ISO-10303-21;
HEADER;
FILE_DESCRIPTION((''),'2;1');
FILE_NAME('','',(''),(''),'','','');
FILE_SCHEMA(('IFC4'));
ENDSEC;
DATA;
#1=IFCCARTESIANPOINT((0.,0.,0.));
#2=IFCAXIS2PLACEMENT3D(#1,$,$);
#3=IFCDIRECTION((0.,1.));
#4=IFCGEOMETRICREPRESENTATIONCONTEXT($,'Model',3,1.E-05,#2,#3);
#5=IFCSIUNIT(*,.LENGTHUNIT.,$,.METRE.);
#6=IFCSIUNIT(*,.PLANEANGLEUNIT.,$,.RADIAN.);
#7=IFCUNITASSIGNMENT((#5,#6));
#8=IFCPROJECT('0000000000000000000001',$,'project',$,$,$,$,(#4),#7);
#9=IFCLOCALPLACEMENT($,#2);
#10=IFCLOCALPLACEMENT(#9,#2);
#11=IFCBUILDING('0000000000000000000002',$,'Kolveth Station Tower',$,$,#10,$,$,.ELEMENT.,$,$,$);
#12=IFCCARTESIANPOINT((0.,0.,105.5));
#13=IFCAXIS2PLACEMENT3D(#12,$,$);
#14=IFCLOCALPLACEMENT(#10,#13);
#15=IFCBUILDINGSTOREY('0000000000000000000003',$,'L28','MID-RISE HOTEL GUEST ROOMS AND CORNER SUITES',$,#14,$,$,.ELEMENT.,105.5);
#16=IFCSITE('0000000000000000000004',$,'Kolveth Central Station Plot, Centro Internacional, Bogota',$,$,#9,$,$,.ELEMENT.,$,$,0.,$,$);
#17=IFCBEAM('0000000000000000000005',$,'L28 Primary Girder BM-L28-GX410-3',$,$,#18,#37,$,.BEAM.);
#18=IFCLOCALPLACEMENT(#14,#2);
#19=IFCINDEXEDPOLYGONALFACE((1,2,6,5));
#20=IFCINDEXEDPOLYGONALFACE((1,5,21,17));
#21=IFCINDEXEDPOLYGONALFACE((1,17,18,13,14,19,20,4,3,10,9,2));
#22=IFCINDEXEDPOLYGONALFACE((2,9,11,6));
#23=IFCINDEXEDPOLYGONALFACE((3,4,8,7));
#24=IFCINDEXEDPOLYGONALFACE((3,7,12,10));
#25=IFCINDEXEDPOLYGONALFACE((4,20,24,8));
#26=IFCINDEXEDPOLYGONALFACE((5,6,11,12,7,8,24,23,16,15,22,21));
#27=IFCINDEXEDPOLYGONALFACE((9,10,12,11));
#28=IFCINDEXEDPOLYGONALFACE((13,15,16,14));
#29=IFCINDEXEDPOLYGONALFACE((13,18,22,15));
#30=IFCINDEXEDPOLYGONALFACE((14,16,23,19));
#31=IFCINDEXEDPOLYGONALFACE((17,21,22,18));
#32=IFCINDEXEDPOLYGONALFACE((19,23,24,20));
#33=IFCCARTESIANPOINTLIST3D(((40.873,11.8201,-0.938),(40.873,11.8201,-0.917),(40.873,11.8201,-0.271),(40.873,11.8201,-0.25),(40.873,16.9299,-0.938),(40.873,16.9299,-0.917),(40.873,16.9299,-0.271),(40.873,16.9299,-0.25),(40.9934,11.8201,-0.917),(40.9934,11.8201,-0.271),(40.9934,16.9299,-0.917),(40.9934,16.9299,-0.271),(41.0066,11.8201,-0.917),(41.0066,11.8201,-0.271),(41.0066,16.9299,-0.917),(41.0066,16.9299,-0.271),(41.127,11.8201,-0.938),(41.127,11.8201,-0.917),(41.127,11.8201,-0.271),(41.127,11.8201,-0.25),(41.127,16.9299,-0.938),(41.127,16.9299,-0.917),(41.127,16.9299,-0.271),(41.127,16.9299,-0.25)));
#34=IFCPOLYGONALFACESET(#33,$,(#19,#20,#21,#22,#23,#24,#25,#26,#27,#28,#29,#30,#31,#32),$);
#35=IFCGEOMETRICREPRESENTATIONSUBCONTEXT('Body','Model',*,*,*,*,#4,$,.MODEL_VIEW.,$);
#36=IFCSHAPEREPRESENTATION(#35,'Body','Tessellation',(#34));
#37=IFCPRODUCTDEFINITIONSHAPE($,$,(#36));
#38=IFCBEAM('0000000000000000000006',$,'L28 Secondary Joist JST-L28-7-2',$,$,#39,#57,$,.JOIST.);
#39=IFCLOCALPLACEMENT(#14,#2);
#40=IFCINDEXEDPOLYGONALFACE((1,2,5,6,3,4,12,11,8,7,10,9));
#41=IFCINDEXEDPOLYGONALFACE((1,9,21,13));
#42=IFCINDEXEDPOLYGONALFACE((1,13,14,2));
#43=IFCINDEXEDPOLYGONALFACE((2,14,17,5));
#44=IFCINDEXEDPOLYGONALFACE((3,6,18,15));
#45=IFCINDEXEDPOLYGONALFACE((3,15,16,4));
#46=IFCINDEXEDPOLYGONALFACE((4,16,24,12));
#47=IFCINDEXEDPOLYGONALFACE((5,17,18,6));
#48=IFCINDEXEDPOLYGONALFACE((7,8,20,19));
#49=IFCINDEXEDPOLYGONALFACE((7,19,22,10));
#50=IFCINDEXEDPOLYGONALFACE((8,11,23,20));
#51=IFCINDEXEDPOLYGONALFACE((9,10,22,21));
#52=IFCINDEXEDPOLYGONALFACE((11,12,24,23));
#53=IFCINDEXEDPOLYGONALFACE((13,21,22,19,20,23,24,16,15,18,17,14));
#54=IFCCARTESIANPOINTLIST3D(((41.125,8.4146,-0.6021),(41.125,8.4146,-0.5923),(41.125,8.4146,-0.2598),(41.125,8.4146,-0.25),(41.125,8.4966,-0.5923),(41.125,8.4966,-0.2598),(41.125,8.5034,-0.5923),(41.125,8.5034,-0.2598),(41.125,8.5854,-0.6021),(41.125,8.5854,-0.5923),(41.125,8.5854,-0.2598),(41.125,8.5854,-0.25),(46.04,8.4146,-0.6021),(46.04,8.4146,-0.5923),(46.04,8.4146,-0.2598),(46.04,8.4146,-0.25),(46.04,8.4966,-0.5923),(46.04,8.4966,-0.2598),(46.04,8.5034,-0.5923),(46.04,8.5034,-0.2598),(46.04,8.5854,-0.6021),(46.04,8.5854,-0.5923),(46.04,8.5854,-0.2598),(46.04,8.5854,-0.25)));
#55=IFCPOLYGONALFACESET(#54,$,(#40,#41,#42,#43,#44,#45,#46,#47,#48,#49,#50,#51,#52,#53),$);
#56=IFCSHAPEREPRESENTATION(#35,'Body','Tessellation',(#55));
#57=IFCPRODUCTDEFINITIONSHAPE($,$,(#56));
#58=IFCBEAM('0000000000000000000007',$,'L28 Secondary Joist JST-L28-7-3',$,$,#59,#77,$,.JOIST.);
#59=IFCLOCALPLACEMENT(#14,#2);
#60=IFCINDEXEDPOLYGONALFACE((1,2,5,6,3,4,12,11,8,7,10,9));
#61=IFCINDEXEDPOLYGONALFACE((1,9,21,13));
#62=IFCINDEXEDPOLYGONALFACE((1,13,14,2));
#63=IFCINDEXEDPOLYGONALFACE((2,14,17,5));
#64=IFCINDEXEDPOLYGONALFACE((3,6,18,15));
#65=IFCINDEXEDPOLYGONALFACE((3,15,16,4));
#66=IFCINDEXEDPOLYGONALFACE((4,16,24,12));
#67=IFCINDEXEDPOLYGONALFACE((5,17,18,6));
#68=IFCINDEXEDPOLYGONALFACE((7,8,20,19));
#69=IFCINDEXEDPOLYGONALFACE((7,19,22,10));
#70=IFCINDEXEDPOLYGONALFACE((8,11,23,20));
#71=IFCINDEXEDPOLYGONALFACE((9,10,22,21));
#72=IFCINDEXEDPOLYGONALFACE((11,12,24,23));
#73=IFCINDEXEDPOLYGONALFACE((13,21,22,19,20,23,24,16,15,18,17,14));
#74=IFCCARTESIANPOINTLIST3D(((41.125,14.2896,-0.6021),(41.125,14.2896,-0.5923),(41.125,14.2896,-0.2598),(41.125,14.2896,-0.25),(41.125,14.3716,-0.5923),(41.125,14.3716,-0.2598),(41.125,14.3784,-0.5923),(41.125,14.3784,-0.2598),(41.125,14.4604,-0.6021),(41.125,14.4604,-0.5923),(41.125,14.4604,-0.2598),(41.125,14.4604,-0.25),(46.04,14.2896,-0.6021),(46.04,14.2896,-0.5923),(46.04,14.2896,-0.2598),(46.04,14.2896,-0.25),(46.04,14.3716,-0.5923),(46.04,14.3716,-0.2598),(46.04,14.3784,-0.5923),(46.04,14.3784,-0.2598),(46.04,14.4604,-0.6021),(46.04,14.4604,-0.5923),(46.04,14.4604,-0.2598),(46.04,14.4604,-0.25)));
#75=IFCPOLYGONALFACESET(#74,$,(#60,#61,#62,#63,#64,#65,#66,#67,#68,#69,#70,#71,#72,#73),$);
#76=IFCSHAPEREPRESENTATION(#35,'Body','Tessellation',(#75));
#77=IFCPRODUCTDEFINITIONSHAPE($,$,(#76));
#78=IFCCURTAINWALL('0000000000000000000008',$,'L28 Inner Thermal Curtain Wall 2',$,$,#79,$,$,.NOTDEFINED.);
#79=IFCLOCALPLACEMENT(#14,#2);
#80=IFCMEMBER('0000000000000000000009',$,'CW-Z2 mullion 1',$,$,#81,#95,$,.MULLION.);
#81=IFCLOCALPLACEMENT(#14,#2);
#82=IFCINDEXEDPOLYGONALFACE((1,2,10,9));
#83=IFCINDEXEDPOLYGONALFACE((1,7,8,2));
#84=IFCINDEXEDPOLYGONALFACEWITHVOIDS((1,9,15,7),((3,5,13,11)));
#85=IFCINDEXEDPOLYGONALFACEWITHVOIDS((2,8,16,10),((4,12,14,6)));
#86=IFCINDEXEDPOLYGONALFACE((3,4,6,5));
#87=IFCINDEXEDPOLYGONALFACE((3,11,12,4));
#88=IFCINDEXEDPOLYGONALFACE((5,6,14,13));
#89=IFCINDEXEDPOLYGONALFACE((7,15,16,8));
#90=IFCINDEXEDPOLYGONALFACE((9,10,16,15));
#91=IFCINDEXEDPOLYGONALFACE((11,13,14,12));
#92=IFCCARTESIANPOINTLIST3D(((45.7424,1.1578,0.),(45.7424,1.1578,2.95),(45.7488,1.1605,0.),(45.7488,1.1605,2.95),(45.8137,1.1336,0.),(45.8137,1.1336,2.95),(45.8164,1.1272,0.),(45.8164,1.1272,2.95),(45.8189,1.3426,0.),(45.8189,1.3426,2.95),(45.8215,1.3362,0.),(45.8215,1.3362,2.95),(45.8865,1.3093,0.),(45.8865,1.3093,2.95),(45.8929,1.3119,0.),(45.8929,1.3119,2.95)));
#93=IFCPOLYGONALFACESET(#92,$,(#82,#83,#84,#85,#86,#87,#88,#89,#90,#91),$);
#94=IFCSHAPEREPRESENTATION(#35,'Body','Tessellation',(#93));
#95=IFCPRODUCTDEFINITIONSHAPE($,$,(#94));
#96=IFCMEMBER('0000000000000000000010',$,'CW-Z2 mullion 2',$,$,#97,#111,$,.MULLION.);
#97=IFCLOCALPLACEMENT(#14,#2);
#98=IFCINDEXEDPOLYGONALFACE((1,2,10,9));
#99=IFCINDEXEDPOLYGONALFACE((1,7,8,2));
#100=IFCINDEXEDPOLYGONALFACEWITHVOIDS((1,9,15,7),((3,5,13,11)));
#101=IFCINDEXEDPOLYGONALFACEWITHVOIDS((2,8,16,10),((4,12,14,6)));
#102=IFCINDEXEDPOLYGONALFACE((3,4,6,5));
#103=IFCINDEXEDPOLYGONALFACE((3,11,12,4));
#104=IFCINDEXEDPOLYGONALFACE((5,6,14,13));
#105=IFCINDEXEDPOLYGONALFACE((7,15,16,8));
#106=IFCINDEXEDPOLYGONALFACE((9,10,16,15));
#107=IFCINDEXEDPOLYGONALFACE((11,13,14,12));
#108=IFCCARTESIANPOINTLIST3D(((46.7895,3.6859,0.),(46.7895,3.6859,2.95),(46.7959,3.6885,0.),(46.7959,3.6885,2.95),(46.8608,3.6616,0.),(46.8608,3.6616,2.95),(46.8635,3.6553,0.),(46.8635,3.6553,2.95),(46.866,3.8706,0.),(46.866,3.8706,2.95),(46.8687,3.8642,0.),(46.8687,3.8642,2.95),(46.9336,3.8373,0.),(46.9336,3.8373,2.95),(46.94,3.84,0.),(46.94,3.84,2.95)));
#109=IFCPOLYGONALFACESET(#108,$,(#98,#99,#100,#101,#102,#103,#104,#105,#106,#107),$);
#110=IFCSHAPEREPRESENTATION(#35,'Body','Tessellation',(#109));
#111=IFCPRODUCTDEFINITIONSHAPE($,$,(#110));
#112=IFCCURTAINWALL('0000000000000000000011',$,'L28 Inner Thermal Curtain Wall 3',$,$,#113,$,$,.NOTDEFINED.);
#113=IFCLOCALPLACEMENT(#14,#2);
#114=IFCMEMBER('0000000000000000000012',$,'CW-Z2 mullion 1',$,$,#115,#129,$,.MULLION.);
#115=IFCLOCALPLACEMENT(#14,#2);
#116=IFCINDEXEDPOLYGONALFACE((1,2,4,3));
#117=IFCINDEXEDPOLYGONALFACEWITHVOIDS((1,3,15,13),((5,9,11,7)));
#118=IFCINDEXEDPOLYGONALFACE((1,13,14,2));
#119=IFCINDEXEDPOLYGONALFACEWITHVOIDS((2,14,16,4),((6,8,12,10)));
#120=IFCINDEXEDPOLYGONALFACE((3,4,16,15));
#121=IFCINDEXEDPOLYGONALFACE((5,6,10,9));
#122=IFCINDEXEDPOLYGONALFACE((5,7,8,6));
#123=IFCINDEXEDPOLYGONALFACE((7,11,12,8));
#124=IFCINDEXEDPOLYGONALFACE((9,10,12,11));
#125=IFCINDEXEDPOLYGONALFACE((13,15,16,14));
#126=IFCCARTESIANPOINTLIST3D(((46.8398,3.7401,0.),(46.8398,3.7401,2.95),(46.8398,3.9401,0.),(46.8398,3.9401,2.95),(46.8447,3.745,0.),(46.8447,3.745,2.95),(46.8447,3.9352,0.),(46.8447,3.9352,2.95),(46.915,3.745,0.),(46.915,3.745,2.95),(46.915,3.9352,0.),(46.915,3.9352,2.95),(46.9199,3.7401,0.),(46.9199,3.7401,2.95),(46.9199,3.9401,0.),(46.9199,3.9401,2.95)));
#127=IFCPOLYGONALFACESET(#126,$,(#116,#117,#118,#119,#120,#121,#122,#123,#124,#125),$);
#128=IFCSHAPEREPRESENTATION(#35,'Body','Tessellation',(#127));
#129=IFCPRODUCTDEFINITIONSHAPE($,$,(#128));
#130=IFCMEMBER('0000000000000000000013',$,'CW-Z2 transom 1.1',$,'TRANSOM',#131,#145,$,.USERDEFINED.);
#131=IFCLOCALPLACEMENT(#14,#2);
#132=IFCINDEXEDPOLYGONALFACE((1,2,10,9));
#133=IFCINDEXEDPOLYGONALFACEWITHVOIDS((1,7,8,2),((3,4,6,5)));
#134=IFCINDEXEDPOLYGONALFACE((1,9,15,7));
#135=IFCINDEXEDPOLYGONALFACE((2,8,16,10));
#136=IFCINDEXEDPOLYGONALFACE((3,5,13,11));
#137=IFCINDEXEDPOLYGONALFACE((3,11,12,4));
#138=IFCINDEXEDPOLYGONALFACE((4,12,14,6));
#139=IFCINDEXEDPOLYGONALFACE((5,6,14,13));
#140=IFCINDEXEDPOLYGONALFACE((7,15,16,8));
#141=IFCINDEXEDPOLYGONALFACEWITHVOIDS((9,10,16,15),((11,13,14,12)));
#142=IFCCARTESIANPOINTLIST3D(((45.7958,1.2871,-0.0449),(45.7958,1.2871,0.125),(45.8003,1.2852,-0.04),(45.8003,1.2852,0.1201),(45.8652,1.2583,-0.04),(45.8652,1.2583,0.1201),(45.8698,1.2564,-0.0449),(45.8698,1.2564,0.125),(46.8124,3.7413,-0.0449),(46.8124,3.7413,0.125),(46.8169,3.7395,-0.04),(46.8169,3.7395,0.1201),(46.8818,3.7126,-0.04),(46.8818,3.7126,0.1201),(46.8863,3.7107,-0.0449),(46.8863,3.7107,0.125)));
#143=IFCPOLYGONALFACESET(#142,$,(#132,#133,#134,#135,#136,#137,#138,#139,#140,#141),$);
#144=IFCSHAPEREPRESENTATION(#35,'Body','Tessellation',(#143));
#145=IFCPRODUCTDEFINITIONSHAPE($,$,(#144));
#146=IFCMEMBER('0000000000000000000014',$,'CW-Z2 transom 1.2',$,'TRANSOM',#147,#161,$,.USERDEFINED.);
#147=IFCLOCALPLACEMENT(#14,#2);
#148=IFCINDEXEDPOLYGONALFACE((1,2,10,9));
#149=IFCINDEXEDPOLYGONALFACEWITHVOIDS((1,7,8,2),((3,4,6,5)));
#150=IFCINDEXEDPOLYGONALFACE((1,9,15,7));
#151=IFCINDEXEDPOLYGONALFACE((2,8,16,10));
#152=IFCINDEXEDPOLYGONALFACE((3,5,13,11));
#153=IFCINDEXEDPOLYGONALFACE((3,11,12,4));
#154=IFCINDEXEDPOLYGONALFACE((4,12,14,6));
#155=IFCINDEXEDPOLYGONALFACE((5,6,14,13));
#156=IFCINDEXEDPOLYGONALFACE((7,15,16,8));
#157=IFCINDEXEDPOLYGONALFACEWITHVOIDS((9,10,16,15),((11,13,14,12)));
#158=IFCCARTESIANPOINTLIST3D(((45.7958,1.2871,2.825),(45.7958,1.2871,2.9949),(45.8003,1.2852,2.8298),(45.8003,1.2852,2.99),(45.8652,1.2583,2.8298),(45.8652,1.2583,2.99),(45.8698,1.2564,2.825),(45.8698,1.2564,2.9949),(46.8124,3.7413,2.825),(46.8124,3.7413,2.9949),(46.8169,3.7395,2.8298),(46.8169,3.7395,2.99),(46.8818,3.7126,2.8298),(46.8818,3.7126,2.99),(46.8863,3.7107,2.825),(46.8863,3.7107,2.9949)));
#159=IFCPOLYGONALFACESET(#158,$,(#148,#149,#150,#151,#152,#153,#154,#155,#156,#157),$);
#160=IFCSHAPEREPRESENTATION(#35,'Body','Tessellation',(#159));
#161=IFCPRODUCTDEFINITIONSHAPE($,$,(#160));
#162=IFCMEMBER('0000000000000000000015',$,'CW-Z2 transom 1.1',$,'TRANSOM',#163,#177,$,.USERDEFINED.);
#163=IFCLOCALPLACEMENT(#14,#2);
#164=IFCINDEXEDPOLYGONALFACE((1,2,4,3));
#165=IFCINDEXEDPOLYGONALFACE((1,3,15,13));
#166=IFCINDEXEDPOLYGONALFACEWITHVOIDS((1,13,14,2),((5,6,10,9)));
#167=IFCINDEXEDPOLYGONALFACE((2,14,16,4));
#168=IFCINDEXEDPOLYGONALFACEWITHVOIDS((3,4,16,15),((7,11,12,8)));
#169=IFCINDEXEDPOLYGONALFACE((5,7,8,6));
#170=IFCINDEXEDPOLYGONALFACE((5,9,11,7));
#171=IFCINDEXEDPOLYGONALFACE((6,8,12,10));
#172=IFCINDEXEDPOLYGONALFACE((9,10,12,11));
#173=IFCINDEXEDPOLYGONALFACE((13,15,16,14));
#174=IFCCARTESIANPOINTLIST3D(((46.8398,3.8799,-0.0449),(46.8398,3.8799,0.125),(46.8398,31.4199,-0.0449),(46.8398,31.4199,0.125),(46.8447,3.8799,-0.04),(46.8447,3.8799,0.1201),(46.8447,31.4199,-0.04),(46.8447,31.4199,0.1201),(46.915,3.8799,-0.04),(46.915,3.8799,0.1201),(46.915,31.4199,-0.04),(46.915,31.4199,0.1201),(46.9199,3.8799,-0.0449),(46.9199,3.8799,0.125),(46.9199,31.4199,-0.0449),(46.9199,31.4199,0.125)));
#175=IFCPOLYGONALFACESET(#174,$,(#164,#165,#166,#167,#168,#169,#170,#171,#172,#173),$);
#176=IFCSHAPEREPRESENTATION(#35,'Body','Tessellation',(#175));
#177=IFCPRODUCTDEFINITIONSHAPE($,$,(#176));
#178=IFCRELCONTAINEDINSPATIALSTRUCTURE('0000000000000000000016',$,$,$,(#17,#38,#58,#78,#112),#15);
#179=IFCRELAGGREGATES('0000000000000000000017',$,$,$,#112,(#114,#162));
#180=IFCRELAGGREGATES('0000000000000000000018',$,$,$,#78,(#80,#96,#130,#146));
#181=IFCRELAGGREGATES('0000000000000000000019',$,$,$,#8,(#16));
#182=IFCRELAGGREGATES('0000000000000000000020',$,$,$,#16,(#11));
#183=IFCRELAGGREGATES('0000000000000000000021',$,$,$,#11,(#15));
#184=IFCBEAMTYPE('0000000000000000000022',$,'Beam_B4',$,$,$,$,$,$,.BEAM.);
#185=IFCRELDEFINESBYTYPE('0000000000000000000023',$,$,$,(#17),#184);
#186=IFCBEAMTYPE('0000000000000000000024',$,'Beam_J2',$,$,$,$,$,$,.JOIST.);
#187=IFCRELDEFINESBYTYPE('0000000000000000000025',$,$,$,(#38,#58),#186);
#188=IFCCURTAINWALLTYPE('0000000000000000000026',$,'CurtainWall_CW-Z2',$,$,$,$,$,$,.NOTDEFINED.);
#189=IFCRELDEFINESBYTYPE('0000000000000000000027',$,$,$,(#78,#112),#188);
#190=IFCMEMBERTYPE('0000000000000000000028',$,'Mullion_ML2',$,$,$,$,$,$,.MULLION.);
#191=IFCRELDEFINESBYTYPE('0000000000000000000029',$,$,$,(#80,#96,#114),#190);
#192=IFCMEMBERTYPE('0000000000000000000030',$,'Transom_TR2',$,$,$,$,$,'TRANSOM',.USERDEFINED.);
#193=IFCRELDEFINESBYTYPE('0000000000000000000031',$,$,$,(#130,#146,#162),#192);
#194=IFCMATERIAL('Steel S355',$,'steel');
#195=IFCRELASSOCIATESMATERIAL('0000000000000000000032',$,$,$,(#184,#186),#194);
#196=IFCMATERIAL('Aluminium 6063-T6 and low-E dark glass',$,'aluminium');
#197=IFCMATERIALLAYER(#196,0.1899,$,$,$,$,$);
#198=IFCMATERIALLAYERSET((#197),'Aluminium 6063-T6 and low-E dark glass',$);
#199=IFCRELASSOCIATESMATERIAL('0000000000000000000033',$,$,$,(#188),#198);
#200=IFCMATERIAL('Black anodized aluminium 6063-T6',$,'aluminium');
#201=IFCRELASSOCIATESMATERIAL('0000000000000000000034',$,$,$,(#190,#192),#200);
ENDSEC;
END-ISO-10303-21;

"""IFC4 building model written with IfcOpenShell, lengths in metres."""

from ifc_helpers import new_model, si_unit, direction, frame, origin, origin_2d, place, context, subcontext, project, spatial, hollow_rectangle, i_section, extrude, source, transform, mapped, material, layer, layer_set, material_profile, profile_set, type_object, element, aggregate, save


model = new_model("IFC4")

# Units and contexts
model_context = context("Model", 3, precision=1e-05, world=origin(), true_north=direction((0.0, 1.0)))
body_context = subcontext(model_context, "Body", "Model", "MODEL_VIEW")
ifc_project = project(units=[si_unit("LENGTHUNIT", "METRE"), si_unit("PLANEANGLEUNIT", "RADIAN")], contexts=[model_context])

# Site, building, storey
site_placement = place(None, origin())
site = spatial("IfcSite", under=ifc_project, at=site_placement, Name="Kolveth Central Station Plot, Centro Internacional, Bogota", CompositionType="ELEMENT", RefElevation=0.0)
building_placement = place(site_placement, origin())
building = spatial("IfcBuilding", under=site, at=building_placement, Name="Kolveth Station Tower", CompositionType="ELEMENT")
storey_placement = place(building_placement, frame((0.0, 0.0, 105.5)))
storey = spatial("IfcBuildingStorey", under=building, at=storey_placement, Name="L28", Description="MID-RISE HOTEL GUEST ROOMS AND CORNER SUITES", CompositionType="ELEMENT", Elevation=105.5)

# Beams
ifc_material_1 = material(Name="Steel S355", Category="steel")
ifc_material_profile_1 = material_profile(ifc_material_1, i_section(OverallWidth=0.2539, OverallDepth=0.688, WebThickness=0.0132, FlangeThickness=0.021, at=origin_2d()), Name="W690x152")
ifc_profile_set_1 = profile_set([ifc_material_profile_1], Name="Steel S355")
beam_type_1 = type_object("IfcBeamType", Name="Beam_B4", PredefinedType="BEAM", material=ifc_profile_set_1)
shared_shape_1 = source(origin(), body_context, "Body", "SweptSolid", [
    extrude(i_section(OverallWidth=0.2539, OverallDepth=0.688, WebThickness=0.0132, FlangeThickness=0.021, at=origin_2d()), origin(), (0.0, 0.0, 1.0), 5.1099),
])
beam_1_placement = place(storey_placement, frame((41.0, 11.8201, -0.594), z_axis=(0.0, 1.0, 0.0), x_axis=(-1.0, 0.0, 0.0)))
element("IfcBeam", 1, at=beam_1_placement, inside=storey, type_object=beam_type_1, Name="L28 Primary Girder BM-L28-GX410-3", PredefinedType="BEAM", context=body_context, shape_type="MappedRepresentation", body=[
    mapped(shared_shape_1, transform((0.0, 0.0, 0.0), x_axis=(1.0, 0.0, 0.0), y_axis=(0.0, 1.0, 0.0), z_axis=(0.0, 0.0, 1.0), scale=1.0)),
])
ifc_material_profile_2 = material_profile(ifc_material_1, i_section(OverallWidth=0.1709, OverallDepth=0.3521, WebThickness=0.0068, FlangeThickness=0.0098, at=origin_2d()), Name="W360x44")
ifc_profile_set_2 = profile_set([ifc_material_profile_2], Name="Steel S355")
beam_type_2 = type_object("IfcBeamType", Name="Beam_J2", PredefinedType="JOIST", material=ifc_profile_set_2)
shared_shape_2 = source(origin(), body_context, "Body", "SweptSolid", [
    extrude(i_section(OverallWidth=0.1709, OverallDepth=0.3521, WebThickness=0.0068, FlangeThickness=0.0098, at=origin_2d()), origin(), (0.0, 0.0, 1.0), 4.915),
])
for number, where, z_axis, x_axis, name in (
    (2, (41.125, 8.5, -0.426), (1.0, 0.0, 0.0), (0.0, 1.0, 0.0), "L28 Secondary Joist JST-L28-7-2"),
    (3, (41.125, 14.375, -0.426), (1.0, 0.0, 0.0), (0.0, 1.0, 0.0), "L28 Secondary Joist JST-L28-7-3"),
):
    element("IfcBeam", number, at=place(storey_placement, frame(where, z_axis=z_axis, x_axis=x_axis)), inside=storey, type_object=beam_type_2, Name=name, PredefinedType="JOIST", context=body_context, shape_type="MappedRepresentation", body=[
        mapped(shared_shape_2, transform((0.0, 0.0, 0.0), x_axis=(1.0, 0.0, 0.0), y_axis=(0.0, 1.0, 0.0), z_axis=(0.0, 0.0, 1.0), scale=1.0)),
    ])

# Curtain wall, members
ifc_material_2 = material(Name="Aluminium 6063-T6 and low-E dark glass", Category="aluminium")
ifc_layer_1 = layer(ifc_material_2, 0.1899)
ifc_layer_set_1 = layer_set([ifc_layer_1], Name="Aluminium 6063-T6 and low-E dark glass")
curtain_wall_type_1 = type_object("IfcCurtainWallType", Name="CurtainWall_CW-Z2", PredefinedType="NOTDEFINED", material=ifc_layer_set_1)
curtain_wall_1_placement = place(storey_placement, origin())
curtain_wall_1 = element("IfcCurtainWall", 4, at=curtain_wall_1_placement, inside=storey, type_object=curtain_wall_type_1, Name="L28 Inner Thermal Curtain Wall 2", PredefinedType="NOTDEFINED")
ifc_material_3 = material(Name="Black anodized aluminium 6063-T6", Category="aluminium")
ifc_material_profile_3 = material_profile(ifc_material_3, hollow_rectangle(XDim=0.0801, YDim=0.2, WallThickness=0.0049, at=origin_2d()), Name="ALU-80x200x5")
ifc_profile_set_3 = profile_set([ifc_material_profile_3], Name="Black anodized aluminium 6063-T6")
member_type_1 = type_object("IfcMemberType", Name="Mullion_ML2", PredefinedType="MULLION", material=ifc_profile_set_3)
shared_shape_3 = source(origin(), body_context, "Body", "SweptSolid", [
    extrude(hollow_rectangle(XDim=0.0801, YDim=0.2, WallThickness=0.0049, at=origin_2d()), origin(), (0.0, 0.0, 1.0), 2.95),
])
member_1_placement = place(storey_placement, frame((45.8176, 1.2349, 0.0), z_axis=(0.0, 0.0, 1.0), x_axis=(-0.923888, 0.382663, 0.0)))
member_1 = element("IfcMember", 5, at=member_1_placement, type_object=member_type_1, Name="CW-Z2 mullion 1", PredefinedType="MULLION", context=body_context, shape_type="MappedRepresentation", body=[
    mapped(shared_shape_3, transform((0.0, 0.0, 0.0), x_axis=(1.0, 0.0, 0.0), y_axis=(0.0, 1.0, 0.0), z_axis=(0.0, 0.0, 1.0), scale=1.0)),
])
member_2_placement = place(storey_placement, frame((46.8647, 3.7629, 0.0), z_axis=(0.0, 0.0, 1.0), x_axis=(-0.923888, 0.382663, 0.0)))
member_2 = element("IfcMember", 6, at=member_2_placement, type_object=member_type_1, Name="CW-Z2 mullion 2", PredefinedType="MULLION", context=body_context, shape_type="MappedRepresentation", body=[
    mapped(shared_shape_3, transform((0.0, 0.0, 0.0), x_axis=(1.0, 0.0, 0.0), y_axis=(0.0, 1.0, 0.0), z_axis=(0.0, 0.0, 1.0), scale=1.0)),
])

# Curtain wall, member
curtain_wall_2_placement = place(storey_placement, origin())
curtain_wall_2 = element("IfcCurtainWall", 7, at=curtain_wall_2_placement, inside=storey, type_object=curtain_wall_type_1, Name="L28 Inner Thermal Curtain Wall 3", PredefinedType="NOTDEFINED")
member_3_placement = place(storey_placement, frame((46.8799, 3.8401, 0.0), z_axis=(0.0, 0.0, 1.0), x_axis=(-1.0, 0.0, 0.0)))
member_3 = element("IfcMember", 8, at=member_3_placement, type_object=member_type_1, Name="CW-Z2 mullion 1", PredefinedType="MULLION", context=body_context, shape_type="MappedRepresentation", body=[
    mapped(shared_shape_3, transform((0.0, 0.0, 0.0), x_axis=(1.0, 0.0, 0.0), y_axis=(0.0, 1.0, 0.0), z_axis=(0.0, 0.0, 1.0), scale=1.0)),
])

# Members
ifc_material_profile_4 = material_profile(ifc_material_3, hollow_rectangle(XDim=0.0801, YDim=0.1699, WallThickness=0.0049, at=origin_2d()), Name="ALU-80x170x5")
ifc_profile_set_4 = profile_set([ifc_material_profile_4], Name="Black anodized aluminium 6063-T6")
member_type_2 = type_object("IfcMemberType", Name="Transom_TR2", ElementType="TRANSOM", PredefinedType="USERDEFINED", material=ifc_profile_set_4)
shared_shape_4 = source(origin(), body_context, "Body", "SweptSolid", [
    extrude(hollow_rectangle(XDim=0.0801, YDim=0.1699, WallThickness=0.0049, at=origin_2d()), origin(), (0.0, 0.0, 1.0), 2.6565),
])
member_4_placement = place(storey_placement, frame((45.8328, 1.2717, 0.04), z_axis=(0.382676, 0.923882, 0.0), x_axis=(-0.923882, 0.382676, 0.0)))
member_4 = element("IfcMember", 9, at=member_4_placement, type_object=member_type_2, Name="CW-Z2 transom 1.1", ObjectType="TRANSOM", PredefinedType="USERDEFINED", context=body_context, shape_type="MappedRepresentation", body=[
    mapped(shared_shape_4, transform((0.0, 0.0, 0.0), x_axis=(1.0, 0.0, 0.0), y_axis=(0.0, 1.0, 0.0), z_axis=(0.0, 0.0, 1.0), scale=1.0)),
])
member_5_placement = place(storey_placement, frame((45.8328, 1.2717, 2.9099), z_axis=(0.382676, 0.923882, 0.0), x_axis=(-0.923882, 0.382676, 0.0)))
member_5 = element("IfcMember", 10, at=member_5_placement, type_object=member_type_2, Name="CW-Z2 transom 1.2", ObjectType="TRANSOM", PredefinedType="USERDEFINED", context=body_context, shape_type="MappedRepresentation", body=[
    mapped(shared_shape_4, transform((0.0, 0.0, 0.0), x_axis=(1.0, 0.0, 0.0), y_axis=(0.0, 1.0, 0.0), z_axis=(0.0, 0.0, 1.0), scale=1.0)),
])
shared_shape_5 = source(origin(), body_context, "Body", "SweptSolid", [
    extrude(hollow_rectangle(XDim=0.0801, YDim=0.1699, WallThickness=0.0049, at=origin_2d()), origin(), (0.0, 0.0, 1.0), 27.54),
])
member_6_placement = place(storey_placement, frame((46.8799, 3.8799, 0.04), z_axis=(0.0, 1.0, 0.0), x_axis=(-1.0, 0.0, 0.0)))
member_6 = element("IfcMember", 11, at=member_6_placement, type_object=member_type_2, Name="CW-Z2 transom 1.1", ObjectType="TRANSOM", PredefinedType="USERDEFINED", context=body_context, shape_type="MappedRepresentation", body=[
    mapped(shared_shape_5, transform((0.0, 0.0, 0.0), x_axis=(1.0, 0.0, 0.0), y_axis=(0.0, 1.0, 0.0), z_axis=(0.0, 0.0, 1.0), scale=1.0)),
])
aggregate(curtain_wall_2, [member_3, member_6])

aggregate(curtain_wall_1, [member_1, member_2, member_4, member_5])

save(model, "model.ifc")
